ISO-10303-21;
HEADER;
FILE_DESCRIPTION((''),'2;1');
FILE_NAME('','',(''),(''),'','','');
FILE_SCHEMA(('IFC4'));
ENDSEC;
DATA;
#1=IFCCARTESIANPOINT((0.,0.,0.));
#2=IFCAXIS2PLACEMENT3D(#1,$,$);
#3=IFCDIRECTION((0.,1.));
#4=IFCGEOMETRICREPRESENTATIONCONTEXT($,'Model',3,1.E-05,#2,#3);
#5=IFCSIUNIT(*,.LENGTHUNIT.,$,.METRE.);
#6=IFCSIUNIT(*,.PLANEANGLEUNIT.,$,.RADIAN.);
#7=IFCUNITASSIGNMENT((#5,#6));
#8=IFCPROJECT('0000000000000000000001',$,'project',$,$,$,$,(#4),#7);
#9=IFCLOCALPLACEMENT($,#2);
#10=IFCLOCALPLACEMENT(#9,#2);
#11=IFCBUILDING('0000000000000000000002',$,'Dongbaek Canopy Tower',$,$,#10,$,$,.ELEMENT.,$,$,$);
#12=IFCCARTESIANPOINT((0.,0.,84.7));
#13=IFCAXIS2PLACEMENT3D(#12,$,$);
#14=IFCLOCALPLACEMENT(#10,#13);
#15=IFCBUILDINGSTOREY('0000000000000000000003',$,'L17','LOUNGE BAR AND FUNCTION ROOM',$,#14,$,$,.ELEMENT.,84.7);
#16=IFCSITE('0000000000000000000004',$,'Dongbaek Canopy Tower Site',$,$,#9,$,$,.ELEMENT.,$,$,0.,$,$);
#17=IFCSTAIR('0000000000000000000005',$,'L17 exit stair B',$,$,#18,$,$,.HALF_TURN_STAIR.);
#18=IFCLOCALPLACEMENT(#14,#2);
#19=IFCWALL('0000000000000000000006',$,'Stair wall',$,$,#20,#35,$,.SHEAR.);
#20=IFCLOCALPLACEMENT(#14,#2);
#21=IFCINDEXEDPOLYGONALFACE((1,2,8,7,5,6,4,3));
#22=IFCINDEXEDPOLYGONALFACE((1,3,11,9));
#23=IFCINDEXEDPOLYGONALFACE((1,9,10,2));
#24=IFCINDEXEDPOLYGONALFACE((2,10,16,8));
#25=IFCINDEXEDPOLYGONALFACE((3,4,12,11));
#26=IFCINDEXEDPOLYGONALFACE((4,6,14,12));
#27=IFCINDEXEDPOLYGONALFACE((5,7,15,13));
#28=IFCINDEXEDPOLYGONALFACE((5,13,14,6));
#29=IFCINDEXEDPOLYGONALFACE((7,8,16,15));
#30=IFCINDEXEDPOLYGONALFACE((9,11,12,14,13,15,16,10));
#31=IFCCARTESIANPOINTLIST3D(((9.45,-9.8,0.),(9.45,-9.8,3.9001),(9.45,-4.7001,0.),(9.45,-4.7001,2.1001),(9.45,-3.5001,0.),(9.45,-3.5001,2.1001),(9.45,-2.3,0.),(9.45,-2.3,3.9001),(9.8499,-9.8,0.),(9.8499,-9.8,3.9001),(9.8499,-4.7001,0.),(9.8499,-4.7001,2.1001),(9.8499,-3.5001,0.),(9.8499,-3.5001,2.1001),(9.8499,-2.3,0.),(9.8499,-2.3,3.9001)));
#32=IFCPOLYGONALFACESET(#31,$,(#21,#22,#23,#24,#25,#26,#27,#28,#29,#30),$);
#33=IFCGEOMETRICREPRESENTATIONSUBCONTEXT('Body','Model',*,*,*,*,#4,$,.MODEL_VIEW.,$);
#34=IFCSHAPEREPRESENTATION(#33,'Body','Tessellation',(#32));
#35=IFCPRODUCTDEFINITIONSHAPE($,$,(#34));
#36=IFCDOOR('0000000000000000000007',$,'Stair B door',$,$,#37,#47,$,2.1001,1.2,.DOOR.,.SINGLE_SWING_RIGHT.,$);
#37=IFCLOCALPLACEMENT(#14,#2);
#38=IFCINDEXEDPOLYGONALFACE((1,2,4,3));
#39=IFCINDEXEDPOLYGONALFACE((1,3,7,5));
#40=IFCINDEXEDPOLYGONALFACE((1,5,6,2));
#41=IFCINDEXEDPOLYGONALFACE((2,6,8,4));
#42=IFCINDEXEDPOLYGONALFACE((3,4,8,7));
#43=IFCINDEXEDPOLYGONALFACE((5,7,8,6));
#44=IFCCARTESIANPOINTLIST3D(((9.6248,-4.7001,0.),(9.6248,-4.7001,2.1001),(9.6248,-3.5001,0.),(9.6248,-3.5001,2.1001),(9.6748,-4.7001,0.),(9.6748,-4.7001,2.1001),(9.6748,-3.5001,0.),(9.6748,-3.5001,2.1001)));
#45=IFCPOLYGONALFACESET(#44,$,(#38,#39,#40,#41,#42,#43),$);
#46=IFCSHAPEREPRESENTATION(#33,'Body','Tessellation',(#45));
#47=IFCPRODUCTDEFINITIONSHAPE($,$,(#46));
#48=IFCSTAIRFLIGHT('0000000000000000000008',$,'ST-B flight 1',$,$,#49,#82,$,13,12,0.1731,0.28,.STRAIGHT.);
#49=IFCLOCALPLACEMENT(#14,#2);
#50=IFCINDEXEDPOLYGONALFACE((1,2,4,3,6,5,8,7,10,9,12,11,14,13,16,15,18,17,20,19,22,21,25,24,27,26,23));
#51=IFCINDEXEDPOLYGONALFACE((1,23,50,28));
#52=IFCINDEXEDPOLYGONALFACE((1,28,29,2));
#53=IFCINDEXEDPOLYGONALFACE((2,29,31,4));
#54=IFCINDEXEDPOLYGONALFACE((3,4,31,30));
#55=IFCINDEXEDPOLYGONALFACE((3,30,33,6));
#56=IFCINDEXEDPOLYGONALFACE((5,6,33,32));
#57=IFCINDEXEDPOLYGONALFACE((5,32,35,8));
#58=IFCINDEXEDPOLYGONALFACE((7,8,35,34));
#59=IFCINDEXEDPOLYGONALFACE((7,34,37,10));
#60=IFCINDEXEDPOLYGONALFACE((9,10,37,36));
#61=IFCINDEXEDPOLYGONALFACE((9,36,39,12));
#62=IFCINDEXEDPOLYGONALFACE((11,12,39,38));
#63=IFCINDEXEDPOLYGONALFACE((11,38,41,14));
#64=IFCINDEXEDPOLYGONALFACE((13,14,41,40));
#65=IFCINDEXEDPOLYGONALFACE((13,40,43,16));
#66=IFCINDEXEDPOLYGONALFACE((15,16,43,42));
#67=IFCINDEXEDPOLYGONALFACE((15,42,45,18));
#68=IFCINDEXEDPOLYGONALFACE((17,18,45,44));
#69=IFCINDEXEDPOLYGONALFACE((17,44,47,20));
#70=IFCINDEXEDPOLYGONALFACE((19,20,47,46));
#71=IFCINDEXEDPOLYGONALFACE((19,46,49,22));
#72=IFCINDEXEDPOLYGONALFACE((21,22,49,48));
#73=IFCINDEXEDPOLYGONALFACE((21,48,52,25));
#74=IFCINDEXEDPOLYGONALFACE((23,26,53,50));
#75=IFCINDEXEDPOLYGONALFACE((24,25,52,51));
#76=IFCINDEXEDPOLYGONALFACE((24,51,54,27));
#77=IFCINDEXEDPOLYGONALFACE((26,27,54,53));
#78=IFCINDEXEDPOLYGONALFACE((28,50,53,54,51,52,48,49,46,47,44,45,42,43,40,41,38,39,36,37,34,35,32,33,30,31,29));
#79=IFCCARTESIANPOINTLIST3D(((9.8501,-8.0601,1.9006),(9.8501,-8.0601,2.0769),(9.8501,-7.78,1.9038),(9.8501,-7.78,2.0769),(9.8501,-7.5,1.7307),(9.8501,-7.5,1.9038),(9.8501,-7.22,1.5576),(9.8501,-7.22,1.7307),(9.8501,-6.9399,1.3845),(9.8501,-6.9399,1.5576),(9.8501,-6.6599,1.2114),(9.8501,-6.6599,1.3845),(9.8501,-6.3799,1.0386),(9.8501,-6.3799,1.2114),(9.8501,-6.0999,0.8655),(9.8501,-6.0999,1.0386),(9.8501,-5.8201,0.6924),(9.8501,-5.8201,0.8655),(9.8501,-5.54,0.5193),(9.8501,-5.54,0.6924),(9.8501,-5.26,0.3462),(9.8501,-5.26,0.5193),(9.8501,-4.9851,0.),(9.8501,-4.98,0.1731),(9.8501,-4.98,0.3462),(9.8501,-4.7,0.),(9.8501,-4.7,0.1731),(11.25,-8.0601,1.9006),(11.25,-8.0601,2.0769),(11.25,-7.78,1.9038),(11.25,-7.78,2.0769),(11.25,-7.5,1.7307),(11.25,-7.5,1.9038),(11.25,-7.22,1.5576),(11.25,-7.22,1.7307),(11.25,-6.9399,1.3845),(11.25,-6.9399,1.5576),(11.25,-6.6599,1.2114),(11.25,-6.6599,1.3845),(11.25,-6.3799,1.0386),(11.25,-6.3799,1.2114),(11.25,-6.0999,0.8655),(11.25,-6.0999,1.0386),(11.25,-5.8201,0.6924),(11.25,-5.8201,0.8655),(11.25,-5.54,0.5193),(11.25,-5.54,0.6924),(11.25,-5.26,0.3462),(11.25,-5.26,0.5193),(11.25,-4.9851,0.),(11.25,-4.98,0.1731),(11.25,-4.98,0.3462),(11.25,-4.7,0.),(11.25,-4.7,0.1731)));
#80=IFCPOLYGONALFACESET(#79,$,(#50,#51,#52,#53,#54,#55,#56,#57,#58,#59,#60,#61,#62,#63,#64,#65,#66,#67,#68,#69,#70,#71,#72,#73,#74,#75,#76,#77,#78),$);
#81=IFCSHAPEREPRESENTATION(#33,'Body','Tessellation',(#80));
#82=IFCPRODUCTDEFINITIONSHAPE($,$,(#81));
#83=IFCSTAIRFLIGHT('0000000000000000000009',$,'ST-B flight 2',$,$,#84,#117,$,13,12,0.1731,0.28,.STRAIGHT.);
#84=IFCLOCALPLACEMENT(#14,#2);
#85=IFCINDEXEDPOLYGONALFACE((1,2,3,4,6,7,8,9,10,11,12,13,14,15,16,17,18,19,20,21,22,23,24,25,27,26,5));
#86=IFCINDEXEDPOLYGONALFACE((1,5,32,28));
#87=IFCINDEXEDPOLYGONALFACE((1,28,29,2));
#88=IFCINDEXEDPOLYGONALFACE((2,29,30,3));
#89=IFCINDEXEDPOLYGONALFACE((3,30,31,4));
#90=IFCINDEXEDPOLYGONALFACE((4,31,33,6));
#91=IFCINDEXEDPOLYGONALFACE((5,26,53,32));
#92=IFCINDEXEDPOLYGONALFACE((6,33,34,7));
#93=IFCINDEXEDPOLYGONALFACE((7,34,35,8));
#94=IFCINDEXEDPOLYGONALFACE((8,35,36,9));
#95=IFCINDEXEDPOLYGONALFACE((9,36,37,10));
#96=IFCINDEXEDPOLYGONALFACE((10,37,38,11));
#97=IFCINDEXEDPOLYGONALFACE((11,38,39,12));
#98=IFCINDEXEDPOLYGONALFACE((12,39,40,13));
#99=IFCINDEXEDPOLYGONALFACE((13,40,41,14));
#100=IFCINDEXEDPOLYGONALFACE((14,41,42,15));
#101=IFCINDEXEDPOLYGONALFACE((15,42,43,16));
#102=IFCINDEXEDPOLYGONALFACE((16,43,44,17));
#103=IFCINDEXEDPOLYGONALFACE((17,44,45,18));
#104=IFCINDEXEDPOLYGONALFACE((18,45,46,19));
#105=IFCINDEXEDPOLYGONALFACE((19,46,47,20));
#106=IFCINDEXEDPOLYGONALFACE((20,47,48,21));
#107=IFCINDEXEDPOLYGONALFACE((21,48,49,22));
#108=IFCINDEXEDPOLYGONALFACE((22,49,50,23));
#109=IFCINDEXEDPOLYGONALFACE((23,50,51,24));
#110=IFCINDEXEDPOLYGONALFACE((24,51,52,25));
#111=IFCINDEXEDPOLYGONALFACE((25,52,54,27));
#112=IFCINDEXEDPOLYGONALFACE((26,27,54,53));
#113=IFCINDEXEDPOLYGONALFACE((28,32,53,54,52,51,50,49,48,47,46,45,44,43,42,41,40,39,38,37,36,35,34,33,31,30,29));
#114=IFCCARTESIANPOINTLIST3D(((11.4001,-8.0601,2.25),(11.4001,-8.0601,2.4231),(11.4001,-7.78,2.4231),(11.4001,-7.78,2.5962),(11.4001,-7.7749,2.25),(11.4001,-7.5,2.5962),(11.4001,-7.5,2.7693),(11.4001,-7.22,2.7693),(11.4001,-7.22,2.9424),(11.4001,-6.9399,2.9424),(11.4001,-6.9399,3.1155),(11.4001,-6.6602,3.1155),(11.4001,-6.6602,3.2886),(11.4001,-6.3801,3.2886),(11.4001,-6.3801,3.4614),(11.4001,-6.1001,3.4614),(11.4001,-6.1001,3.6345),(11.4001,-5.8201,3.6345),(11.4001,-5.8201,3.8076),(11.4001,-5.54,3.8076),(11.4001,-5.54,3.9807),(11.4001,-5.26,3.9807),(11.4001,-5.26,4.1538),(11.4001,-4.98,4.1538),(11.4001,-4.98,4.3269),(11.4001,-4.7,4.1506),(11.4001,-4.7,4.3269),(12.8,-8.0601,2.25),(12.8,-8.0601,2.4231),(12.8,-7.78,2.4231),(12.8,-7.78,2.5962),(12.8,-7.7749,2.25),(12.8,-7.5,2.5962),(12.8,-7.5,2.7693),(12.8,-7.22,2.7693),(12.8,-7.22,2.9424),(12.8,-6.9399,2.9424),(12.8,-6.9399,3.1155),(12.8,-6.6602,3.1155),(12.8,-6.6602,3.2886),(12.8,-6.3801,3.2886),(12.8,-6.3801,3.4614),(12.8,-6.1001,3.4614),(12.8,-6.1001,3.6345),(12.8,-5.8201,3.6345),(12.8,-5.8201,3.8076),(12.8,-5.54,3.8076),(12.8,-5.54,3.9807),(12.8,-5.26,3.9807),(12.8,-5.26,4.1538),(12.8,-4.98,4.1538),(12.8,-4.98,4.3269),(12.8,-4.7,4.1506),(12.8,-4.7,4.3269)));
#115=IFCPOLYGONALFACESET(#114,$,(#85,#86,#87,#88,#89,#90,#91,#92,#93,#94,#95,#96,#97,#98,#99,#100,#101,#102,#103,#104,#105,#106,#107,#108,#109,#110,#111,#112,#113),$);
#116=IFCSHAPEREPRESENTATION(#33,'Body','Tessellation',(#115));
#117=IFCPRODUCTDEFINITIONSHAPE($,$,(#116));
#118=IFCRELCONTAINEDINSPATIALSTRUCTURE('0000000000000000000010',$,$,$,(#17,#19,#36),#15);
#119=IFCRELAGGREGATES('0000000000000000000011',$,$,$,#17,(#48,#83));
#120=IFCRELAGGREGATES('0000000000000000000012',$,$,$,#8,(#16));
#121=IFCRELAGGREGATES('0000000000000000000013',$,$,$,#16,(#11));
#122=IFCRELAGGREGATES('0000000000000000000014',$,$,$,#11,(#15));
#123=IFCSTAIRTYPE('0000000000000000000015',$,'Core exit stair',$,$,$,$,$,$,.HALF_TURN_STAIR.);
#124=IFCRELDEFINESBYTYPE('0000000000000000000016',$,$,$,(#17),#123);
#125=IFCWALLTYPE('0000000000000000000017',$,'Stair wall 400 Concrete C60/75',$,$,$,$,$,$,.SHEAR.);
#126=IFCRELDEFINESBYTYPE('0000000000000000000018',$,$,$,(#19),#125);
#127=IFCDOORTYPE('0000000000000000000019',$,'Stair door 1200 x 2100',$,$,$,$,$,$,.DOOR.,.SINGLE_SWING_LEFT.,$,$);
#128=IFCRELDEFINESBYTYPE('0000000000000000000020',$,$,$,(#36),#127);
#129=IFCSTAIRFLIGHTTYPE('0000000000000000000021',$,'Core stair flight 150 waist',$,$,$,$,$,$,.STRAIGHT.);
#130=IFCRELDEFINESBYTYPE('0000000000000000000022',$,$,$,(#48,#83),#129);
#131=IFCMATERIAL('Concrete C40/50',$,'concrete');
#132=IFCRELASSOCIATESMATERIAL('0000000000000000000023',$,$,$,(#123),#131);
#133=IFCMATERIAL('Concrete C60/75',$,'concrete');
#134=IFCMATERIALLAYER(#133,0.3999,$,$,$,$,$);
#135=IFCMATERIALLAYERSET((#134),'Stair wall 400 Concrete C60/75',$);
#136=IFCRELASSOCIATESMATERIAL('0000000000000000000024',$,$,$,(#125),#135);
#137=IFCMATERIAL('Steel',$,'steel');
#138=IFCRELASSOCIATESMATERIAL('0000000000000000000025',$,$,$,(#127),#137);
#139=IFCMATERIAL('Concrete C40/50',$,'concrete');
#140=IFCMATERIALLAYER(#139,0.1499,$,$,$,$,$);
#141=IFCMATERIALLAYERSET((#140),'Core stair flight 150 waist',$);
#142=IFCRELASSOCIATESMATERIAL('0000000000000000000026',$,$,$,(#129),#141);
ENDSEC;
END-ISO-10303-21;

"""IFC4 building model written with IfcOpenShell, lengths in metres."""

from ifc_helpers import new_model, si_unit, direction, frame, frame_2d, origin, place, context, subcontext, project, spatial, polyline, rectangle, outline, extrude, material, layer, layer_set, type_object, element, fill, aggregate, save


model = new_model("IFC4")

# Units and contexts
model_context = context("Model", 3, precision=1e-05, world=origin(), true_north=direction((0.0, 1.0)))
body_context = subcontext(model_context, "Body", "Model", "MODEL_VIEW")
ifc_project = project(units=[si_unit("LENGTHUNIT", "METRE"), si_unit("PLANEANGLEUNIT", "RADIAN")], contexts=[model_context])

# Site, building, storey
site_placement = place(None, origin())
site = spatial("IfcSite", under=ifc_project, at=site_placement, Name="Dongbaek Canopy Tower Site", CompositionType="ELEMENT", RefElevation=0.0)
building_placement = place(site_placement, origin())
building = spatial("IfcBuilding", under=site, at=building_placement, Name="Dongbaek Canopy Tower", CompositionType="ELEMENT")
storey_placement = place(building_placement, frame((0.0, 0.0, 84.7)))
storey = spatial("IfcBuildingStorey", under=building, at=storey_placement, Name="L17", Description="LOUNGE BAR AND FUNCTION ROOM", CompositionType="ELEMENT", Elevation=84.7)

# Stair
ifc_material_1 = material(Name="Concrete C40/50", Category="concrete")
stair_type = type_object("IfcStairType", Name="Core exit stair", PredefinedType="HALF_TURN_STAIR", material=ifc_material_1)
stair_1_placement = place(storey_placement, origin())
stair_1 = element("IfcStair", 1, at=stair_1_placement, inside=storey, type_object=stair_type, Name="L17 exit stair B", PredefinedType="HALF_TURN_STAIR")

# Wall, opening, door
ifc_material_2 = material(Name="Concrete C60/75", Category="concrete")
ifc_layer_1 = layer(ifc_material_2, 0.3999)
ifc_layer_set_1 = layer_set([ifc_layer_1], Name="Stair wall 400 Concrete C60/75")
wall_type_1 = type_object("IfcWallType", Name="Stair wall 400 Concrete C60/75", PredefinedType="SHEAR", material=ifc_layer_set_1)
wall_1_placement = place(storey_placement, frame((9.6499, -2.3, 0.0), z_axis=(0.0, 0.0, 1.0), x_axis=(0.0, -1.0, 0.0)))
wall_1 = element("IfcWall", 2, at=wall_1_placement, inside=storey, type_object=wall_type_1, Name="Stair wall", PredefinedType="SHEAR", context=body_context, shape_type="SweptSolid", body=[
    extrude(rectangle(XDim=7.5, YDim=0.3999, at=frame_2d((3.75, 0.0))), origin(), (0.0, 0.0, 1.0), 3.9001),
])
opening_1_placement = place(wall_1_placement, frame((1.2, 0.0, 0.0)))
opening_1 = element("IfcOpeningElement", 3, at=opening_1_placement, cuts=wall_1, PredefinedType="OPENING", context=body_context, shape_type="SweptSolid", body=[
    extrude(rectangle(XDim=1.2, YDim=2.1001, at=frame_2d((0.6001, 1.05))), frame((0.0, 0.21, 0.0), z_axis=(0.0, -1.0, 0.0), x_axis=(1.0, 0.0, 0.0)), (0.0, 0.0, 1.0), 0.4199),
])
ifc_material_3 = material(Name="Steel", Category="steel")
door_type_1 = type_object("IfcDoorType", Name="Stair door 1200 x 2100", OperationType="SINGLE_SWING_LEFT", PredefinedType="DOOR", material=ifc_material_3)
door_1_placement = place(opening_1_placement, origin())
door_1 = element("IfcDoor", 4, at=door_1_placement, inside=storey, type_object=door_type_1, Name="Stair B door", OperationType="SINGLE_SWING_RIGHT", OverallHeight=2.1001, OverallWidth=1.2, PredefinedType="DOOR", context=body_context, shape_type="SweptSolid", body=[
    extrude(rectangle(XDim=1.2, YDim=2.1001, at=frame_2d((0.6001, 1.05))), frame((0.0, 0.0249, 0.0), z_axis=(0.0, -1.0, 0.0), x_axis=(1.0, 0.0, 0.0)), (0.0, 0.0, 1.0), 0.05),
])
fill(opening_1, door_1)

# Stair flights
ifc_material_4 = material(Name="Concrete C40/50", Category="concrete")
ifc_layer_2 = layer(ifc_material_4, 0.1499)
ifc_layer_set_2 = layer_set([ifc_layer_2], Name="Core stair flight 150 waist")
stair_flight_type = type_object("IfcStairFlightType", Name="Core stair flight 150 waist", PredefinedType="STRAIGHT", material=ifc_layer_set_2)
stair_flight_1_placement = place(storey_placement, frame((10.55, -4.7, 0.0), z_axis=(0.0, 0.0, 1.0), x_axis=(0.0, -1.0, 0.0)))
stair_flight_1 = element("IfcStairFlight", 5, at=stair_flight_1_placement, type_object=stair_flight_type, Name="ST-B flight 1", NumberOfRisers=13, NumberOfTreads=12, PredefinedType="STRAIGHT", RiserHeight=0.1731, TreadLength=0.28, context=body_context, shape_type="SweptSolid", body=[
    extrude(outline(polyline([(0.0, 0.0), (0.0, 0.1731), (0.28, 0.1731), (0.28, 0.3462), (0.5601, 0.3462), (0.5601, 0.5193), (0.8401, 0.5193), (0.8401, 0.6924), (1.1201, 0.6924), (1.1201, 0.8655), (1.3999, 0.8655), (1.3999, 1.0386), (1.6799, 1.0386), (1.6799, 1.2114), (1.96, 1.2114), (1.96, 1.3845), (2.24, 1.3845), (2.24, 1.5576), (2.52, 1.5576), (2.52, 1.7307), (2.8, 1.7307), (2.8, 1.9038), (3.0801, 1.9038), (3.0801, 2.0769), (3.3601, 2.0769), (3.3601, 2.25), (3.3601, 1.9006), (0.2852, 0.0), (0.0, 0.0)])), frame((0.0, 0.7, 0.0), z_axis=(0.0, -1.0, 0.0), x_axis=(1.0, 0.0, 0.0)), (0.0, 0.0, 1.0), 1.3999),
])
stair_flight_2_placement = place(storey_placement, frame((12.1001, -8.0601, 2.25), z_axis=(0.0, 0.0, 1.0), x_axis=(0.0, 1.0, 0.0)))
stair_flight_2 = element("IfcStairFlight", 6, at=stair_flight_2_placement, type_object=stair_flight_type, Name="ST-B flight 2", NumberOfRisers=13, NumberOfTreads=12, PredefinedType="STRAIGHT", RiserHeight=0.1731, TreadLength=0.28, context=body_context, shape_type="SweptSolid", body=[
    extrude(outline(polyline([(0.0, 0.0), (0.0, 0.1731), (0.28, 0.1731), (0.28, 0.3462), (0.5601, 0.3462), (0.5601, 0.5193), (0.8401, 0.5193), (0.8401, 0.6924), (1.1201, 0.6924), (1.1201, 0.8655), (1.3999, 0.8655), (1.3999, 1.0386), (1.6799, 1.0386), (1.6799, 1.2114), (1.96, 1.2114), (1.96, 1.3845), (2.24, 1.3845), (2.24, 1.5576), (2.52, 1.5576), (2.52, 1.7307), (2.8, 1.7307), (2.8, 1.9038), (3.0801, 1.9038), (3.0801, 2.0769), (3.3601, 2.0769), (3.3601, 2.25), (3.3601, 1.9006), (0.2852, 0.0), (0.0, 0.0)])), frame((0.0, 0.7, 0.0), z_axis=(0.0, -1.0, 0.0), x_axis=(1.0, 0.0, 0.0)), (0.0, 0.0, 1.0), 1.3999),
])
aggregate(stair_1, [stair_flight_1, stair_flight_2])

save(model, "model.ifc")
